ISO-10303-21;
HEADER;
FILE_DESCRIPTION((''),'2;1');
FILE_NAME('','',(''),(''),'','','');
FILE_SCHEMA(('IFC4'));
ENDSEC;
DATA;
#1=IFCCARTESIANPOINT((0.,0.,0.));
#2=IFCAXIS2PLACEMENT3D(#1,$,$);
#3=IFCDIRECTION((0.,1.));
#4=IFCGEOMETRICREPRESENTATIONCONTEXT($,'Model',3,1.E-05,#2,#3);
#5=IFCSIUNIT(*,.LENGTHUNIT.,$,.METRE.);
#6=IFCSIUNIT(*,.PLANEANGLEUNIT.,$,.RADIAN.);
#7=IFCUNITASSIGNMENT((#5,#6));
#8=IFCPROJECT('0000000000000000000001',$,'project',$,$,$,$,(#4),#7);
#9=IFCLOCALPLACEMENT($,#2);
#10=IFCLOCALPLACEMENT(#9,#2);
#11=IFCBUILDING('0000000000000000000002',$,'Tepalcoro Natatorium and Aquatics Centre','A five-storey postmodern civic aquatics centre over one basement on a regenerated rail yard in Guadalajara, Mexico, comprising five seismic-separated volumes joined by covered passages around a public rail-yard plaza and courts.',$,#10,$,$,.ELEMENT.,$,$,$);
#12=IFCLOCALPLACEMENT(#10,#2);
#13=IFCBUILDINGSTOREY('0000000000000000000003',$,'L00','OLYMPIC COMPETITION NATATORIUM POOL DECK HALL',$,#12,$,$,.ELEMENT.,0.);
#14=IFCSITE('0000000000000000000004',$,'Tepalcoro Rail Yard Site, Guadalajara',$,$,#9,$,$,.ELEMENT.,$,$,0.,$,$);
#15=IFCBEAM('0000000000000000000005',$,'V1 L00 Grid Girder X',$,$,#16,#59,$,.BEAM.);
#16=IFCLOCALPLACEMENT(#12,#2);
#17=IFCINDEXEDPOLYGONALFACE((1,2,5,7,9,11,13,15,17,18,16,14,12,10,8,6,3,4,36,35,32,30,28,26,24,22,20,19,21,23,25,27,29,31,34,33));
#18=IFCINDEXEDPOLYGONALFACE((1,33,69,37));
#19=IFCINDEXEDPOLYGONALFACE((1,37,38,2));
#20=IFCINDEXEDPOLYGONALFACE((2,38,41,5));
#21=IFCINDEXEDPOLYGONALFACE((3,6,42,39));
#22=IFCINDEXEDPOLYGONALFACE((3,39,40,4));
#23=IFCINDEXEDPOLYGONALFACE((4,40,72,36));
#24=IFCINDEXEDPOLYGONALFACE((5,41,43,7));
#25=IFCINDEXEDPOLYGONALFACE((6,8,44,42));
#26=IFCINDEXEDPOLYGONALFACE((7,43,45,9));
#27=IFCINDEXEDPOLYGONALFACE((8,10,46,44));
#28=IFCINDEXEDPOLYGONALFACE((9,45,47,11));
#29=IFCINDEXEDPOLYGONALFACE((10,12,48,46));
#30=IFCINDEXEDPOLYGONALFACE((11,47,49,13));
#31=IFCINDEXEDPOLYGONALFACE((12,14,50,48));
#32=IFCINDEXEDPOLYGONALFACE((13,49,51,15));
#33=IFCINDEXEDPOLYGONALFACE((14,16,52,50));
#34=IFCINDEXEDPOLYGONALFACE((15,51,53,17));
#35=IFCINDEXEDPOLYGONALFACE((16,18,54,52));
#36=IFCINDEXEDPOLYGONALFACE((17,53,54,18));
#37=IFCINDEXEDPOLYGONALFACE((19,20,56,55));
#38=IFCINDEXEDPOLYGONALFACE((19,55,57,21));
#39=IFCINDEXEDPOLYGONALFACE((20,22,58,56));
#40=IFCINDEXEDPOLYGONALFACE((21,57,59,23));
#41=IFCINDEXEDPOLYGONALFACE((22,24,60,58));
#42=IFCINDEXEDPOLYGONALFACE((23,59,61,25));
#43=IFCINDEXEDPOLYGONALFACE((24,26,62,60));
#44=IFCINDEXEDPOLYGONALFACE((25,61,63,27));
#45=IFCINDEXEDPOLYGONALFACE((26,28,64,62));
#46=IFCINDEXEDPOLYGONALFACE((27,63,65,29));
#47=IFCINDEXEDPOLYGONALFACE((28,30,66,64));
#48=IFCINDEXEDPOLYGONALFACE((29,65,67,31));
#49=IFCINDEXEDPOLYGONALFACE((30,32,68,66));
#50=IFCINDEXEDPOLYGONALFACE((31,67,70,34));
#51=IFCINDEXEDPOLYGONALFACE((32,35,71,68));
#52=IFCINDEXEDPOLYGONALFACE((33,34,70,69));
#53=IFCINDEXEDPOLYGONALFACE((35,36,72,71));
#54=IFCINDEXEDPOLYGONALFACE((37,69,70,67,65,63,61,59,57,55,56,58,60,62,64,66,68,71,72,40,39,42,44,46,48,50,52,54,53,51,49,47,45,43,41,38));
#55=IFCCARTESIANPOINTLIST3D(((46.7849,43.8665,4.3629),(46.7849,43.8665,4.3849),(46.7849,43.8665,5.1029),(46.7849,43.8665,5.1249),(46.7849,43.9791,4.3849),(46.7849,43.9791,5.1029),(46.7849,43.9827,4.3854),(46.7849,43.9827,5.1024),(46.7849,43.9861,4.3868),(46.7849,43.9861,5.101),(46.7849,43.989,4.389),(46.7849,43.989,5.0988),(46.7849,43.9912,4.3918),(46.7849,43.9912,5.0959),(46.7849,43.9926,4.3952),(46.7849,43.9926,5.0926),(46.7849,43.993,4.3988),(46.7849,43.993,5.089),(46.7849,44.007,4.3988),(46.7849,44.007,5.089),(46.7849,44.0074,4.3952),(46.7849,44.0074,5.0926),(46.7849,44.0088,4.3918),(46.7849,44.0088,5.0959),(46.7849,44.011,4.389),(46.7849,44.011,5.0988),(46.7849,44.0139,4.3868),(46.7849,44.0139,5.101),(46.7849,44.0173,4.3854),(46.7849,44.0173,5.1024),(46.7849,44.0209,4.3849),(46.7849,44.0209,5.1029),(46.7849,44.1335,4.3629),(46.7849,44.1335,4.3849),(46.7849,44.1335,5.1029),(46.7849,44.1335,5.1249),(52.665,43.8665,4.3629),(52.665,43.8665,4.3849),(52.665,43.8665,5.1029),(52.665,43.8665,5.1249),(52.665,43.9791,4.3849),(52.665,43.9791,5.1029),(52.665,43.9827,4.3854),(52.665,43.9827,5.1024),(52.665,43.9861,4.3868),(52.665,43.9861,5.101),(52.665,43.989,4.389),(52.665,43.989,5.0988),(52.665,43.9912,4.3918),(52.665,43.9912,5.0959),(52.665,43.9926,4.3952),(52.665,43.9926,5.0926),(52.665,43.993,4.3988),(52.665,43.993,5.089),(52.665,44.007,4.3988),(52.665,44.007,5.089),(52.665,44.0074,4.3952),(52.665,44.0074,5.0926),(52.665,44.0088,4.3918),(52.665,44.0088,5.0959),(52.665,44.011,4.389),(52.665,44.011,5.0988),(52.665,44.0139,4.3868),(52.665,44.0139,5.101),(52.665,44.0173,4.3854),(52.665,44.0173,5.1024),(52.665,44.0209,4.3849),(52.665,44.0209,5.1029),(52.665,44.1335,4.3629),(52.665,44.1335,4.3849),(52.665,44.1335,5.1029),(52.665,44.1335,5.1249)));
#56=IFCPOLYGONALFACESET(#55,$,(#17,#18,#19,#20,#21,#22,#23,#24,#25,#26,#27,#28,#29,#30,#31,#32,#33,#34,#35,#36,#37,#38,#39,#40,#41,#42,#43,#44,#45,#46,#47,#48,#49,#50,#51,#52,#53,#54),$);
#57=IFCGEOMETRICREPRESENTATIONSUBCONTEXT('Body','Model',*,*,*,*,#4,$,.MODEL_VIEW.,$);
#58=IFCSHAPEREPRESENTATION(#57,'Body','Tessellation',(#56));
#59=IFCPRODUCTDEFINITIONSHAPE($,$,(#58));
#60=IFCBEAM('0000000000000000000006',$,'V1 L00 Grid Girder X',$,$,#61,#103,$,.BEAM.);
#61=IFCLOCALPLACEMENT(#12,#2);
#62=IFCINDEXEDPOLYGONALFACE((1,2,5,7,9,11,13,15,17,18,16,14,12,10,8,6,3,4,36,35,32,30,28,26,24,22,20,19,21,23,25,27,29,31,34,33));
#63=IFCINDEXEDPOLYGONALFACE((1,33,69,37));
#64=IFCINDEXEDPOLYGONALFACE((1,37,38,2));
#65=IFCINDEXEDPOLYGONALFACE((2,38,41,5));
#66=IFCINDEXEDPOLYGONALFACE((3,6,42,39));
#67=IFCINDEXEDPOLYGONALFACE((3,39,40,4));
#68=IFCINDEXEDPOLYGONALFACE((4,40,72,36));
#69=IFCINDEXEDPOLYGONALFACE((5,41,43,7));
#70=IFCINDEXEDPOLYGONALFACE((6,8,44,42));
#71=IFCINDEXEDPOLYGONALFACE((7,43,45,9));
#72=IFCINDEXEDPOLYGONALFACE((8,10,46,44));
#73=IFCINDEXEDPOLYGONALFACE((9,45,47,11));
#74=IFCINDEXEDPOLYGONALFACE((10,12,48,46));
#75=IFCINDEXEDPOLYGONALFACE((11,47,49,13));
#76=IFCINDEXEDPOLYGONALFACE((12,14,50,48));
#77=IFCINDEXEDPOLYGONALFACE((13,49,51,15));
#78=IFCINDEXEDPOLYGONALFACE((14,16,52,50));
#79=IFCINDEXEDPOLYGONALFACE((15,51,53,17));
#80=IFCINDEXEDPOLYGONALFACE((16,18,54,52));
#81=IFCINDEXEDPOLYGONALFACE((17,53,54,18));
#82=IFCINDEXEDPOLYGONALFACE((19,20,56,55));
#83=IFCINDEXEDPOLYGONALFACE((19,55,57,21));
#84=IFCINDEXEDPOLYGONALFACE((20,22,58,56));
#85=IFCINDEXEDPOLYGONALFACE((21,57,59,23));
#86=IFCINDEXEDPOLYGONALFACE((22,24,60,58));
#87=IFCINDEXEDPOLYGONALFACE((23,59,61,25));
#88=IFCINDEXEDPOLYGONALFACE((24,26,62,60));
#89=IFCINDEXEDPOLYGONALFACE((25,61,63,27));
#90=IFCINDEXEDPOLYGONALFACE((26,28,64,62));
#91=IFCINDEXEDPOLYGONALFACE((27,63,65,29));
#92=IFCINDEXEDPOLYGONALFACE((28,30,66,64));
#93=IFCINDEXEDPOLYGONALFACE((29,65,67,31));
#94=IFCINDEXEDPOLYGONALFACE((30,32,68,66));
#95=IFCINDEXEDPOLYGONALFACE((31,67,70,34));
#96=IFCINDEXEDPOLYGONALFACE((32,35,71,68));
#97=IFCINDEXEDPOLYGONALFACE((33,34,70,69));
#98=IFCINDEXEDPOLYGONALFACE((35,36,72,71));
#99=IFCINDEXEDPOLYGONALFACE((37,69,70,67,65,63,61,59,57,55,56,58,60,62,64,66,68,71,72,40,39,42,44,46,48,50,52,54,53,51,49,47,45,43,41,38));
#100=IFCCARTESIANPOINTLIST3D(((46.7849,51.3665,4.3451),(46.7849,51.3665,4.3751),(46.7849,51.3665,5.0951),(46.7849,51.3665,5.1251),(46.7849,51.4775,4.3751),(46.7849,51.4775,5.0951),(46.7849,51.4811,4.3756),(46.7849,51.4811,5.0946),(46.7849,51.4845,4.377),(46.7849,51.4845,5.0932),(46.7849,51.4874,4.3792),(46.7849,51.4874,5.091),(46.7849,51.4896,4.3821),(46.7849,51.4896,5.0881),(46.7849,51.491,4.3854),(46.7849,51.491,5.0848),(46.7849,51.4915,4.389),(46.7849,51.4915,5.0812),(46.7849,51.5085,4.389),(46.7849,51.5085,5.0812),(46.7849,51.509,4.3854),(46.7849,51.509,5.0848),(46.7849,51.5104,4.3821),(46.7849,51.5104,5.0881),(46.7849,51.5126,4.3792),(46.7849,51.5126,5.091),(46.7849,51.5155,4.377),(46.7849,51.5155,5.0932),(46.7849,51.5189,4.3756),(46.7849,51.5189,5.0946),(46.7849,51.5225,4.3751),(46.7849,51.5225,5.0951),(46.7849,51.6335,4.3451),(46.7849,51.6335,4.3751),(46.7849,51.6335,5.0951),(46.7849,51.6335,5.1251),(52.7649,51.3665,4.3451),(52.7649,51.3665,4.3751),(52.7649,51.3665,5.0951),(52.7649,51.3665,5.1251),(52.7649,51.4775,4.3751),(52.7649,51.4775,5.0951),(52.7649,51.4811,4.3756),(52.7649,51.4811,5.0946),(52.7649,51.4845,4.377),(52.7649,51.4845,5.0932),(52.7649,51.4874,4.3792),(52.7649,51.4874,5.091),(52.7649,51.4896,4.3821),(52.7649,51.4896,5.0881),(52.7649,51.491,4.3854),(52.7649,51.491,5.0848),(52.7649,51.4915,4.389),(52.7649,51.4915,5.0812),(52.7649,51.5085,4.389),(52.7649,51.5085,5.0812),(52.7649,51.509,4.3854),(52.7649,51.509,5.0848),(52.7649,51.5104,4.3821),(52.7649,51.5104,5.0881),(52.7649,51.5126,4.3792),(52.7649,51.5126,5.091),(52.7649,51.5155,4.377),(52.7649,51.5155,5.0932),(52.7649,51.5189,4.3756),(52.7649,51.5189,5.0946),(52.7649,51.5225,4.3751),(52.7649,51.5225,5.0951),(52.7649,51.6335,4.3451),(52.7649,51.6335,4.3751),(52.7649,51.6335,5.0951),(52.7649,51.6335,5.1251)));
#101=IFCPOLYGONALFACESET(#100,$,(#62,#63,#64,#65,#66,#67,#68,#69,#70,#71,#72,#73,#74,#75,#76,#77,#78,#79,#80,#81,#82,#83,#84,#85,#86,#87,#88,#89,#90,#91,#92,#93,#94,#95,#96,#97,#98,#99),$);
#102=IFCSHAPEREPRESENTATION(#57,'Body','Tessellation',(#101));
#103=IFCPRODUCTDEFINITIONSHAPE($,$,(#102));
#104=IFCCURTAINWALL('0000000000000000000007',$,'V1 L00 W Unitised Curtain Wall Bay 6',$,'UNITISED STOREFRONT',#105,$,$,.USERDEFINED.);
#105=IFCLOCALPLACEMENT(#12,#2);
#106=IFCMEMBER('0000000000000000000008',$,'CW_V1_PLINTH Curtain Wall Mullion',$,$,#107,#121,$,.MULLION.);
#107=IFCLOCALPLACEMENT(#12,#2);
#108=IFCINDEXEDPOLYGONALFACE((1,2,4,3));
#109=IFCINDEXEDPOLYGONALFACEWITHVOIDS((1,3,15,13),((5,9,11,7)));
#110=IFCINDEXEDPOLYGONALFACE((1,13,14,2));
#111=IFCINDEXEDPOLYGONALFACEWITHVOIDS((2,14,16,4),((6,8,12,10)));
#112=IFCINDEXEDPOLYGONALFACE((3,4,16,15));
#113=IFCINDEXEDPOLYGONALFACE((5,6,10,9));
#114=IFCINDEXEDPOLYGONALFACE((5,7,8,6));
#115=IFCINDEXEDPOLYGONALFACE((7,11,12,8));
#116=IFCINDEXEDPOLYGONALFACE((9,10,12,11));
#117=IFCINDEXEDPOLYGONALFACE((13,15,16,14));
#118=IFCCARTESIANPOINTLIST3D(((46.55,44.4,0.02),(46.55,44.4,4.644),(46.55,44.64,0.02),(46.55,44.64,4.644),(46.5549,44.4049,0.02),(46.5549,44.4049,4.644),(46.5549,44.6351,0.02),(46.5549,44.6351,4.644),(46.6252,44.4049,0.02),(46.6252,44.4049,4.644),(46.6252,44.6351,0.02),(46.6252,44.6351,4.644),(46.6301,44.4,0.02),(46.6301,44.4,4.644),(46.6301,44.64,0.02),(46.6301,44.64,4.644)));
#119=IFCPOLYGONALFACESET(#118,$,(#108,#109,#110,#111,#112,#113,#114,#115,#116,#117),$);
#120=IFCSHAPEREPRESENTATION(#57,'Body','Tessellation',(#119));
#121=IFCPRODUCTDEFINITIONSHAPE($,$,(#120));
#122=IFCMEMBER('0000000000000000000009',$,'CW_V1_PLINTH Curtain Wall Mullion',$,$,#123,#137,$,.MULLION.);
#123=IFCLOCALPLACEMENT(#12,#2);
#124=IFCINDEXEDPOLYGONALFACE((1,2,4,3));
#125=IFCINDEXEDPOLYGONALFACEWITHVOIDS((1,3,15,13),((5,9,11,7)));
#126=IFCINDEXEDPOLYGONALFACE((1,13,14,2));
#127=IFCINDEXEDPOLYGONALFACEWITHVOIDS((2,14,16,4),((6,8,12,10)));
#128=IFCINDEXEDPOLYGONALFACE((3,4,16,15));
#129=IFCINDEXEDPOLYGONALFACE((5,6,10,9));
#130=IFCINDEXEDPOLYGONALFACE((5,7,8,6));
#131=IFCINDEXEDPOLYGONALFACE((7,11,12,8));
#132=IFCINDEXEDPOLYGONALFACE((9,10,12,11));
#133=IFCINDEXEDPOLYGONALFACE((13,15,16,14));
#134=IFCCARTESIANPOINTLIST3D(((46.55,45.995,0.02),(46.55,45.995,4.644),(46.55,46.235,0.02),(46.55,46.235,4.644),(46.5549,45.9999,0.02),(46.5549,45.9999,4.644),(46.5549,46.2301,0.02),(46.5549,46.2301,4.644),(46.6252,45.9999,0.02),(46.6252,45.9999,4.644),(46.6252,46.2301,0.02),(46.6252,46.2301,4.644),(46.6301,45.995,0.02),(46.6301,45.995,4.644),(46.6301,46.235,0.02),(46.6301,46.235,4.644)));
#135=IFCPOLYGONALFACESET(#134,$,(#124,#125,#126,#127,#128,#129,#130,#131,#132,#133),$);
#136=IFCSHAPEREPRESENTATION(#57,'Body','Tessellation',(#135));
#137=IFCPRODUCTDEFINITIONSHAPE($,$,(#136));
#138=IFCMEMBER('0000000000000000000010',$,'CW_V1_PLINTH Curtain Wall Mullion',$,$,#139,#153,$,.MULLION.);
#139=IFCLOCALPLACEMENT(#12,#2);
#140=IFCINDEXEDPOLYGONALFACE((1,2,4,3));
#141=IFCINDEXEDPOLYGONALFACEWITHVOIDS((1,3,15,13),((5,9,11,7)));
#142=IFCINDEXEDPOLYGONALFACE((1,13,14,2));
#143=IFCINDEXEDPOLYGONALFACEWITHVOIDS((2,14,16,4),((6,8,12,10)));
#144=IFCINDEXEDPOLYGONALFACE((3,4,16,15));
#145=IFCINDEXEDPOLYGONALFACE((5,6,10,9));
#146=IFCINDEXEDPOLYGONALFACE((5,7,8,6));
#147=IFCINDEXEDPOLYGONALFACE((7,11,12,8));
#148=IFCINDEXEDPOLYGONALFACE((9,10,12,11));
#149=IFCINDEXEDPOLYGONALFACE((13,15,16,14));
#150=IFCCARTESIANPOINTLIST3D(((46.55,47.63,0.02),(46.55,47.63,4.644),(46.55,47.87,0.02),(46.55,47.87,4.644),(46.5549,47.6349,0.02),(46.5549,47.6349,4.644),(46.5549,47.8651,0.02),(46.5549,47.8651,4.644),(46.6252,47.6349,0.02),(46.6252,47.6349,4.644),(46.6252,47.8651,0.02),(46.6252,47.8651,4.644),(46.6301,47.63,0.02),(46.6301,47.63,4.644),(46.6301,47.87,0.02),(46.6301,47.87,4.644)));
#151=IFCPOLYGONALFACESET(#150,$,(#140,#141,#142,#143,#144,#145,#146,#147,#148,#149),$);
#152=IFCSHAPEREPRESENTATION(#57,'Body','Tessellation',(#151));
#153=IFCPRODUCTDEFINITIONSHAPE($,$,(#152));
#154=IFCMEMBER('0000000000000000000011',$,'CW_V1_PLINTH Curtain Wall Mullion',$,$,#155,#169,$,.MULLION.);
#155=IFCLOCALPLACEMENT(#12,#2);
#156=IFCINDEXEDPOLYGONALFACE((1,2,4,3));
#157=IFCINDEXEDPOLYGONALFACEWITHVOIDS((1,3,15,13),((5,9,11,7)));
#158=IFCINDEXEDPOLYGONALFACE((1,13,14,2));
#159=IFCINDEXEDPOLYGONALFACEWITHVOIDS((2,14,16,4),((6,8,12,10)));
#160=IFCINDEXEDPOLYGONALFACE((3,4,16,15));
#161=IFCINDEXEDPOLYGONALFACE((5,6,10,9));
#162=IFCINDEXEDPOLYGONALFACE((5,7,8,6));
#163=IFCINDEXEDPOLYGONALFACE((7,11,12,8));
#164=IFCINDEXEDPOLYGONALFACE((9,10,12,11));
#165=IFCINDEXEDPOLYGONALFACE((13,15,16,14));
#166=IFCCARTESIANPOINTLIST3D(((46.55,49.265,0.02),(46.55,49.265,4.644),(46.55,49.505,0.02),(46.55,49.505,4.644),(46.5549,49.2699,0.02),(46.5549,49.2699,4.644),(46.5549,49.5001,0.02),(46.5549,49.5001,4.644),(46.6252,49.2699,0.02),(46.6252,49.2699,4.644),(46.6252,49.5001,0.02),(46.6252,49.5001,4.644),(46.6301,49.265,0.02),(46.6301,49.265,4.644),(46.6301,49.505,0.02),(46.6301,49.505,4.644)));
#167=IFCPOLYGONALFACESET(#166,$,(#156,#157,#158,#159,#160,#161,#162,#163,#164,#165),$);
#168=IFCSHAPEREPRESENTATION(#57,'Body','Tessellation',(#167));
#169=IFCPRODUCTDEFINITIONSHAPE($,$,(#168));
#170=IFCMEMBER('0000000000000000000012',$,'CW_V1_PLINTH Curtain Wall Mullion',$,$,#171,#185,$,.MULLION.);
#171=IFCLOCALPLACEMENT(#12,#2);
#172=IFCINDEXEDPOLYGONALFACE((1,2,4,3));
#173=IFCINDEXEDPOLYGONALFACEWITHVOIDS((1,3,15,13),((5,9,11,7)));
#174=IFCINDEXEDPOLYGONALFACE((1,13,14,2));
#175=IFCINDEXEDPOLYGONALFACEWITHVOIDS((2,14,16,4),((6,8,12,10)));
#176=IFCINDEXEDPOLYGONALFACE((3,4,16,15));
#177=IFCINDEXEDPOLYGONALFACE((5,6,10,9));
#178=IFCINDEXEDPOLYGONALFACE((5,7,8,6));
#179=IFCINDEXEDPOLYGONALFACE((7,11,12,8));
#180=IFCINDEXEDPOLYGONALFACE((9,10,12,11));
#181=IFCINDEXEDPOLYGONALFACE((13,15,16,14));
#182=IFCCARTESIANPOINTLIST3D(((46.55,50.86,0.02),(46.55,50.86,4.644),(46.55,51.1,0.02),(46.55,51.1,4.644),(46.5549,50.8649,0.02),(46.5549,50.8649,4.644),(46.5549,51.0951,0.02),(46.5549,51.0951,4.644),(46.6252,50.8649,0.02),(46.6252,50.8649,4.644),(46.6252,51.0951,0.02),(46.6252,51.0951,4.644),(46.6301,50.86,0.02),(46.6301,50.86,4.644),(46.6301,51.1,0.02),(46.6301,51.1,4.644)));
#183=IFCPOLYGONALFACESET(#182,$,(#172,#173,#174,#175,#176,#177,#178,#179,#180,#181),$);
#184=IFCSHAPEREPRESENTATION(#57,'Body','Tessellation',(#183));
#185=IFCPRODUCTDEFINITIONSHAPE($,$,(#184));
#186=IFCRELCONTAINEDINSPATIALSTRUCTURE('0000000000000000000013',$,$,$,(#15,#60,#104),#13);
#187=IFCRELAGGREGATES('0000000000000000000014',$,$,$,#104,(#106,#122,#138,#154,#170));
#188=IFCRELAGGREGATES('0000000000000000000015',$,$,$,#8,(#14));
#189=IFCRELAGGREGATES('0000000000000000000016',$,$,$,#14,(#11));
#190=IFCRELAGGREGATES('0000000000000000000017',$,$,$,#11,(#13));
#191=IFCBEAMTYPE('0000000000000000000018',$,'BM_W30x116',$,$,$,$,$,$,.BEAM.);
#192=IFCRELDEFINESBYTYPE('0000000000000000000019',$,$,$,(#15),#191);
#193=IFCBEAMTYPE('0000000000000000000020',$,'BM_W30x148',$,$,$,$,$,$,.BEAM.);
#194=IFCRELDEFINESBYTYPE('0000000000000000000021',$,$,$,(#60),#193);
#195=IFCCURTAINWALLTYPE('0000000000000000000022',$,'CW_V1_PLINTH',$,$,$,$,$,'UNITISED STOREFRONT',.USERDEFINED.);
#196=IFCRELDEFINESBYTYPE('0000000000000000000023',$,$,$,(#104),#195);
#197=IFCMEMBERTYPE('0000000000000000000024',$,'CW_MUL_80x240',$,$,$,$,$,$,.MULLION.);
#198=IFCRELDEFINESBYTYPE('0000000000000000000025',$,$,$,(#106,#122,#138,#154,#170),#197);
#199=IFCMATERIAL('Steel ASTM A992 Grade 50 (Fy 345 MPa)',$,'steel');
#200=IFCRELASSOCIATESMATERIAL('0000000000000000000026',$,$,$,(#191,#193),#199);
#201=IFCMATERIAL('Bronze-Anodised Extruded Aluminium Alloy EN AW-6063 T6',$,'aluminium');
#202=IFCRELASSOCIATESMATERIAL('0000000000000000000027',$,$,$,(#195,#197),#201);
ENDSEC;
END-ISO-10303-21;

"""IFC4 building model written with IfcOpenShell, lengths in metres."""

from ifc_helpers import new_model, si_unit, direction, frame, origin, origin_2d, place, context, subcontext, project, spatial, hollow_rectangle, i_section, extrude, material, material_profile, profile_set, type_object, element, aggregate, save


model = new_model("IFC4")

# Units and contexts
model_context = context("Model", 3, precision=1e-05, world=origin(), true_north=direction((0.0, 1.0)))
body_context = subcontext(model_context, "Body", "Model", "MODEL_VIEW")
ifc_project = project(units=[si_unit("LENGTHUNIT", "METRE"), si_unit("PLANEANGLEUNIT", "RADIAN")], contexts=[model_context])

# Site, building, storey
site_placement = place(None, origin())
site = spatial("IfcSite", under=ifc_project, at=site_placement, Name="Tepalcoro Rail Yard Site, Guadalajara", CompositionType="ELEMENT", RefElevation=0.0)
building_placement = place(site_placement, origin())
building = spatial("IfcBuilding", under=site, at=building_placement, Name="Tepalcoro Natatorium and Aquatics Centre", Description="A five-storey postmodern civic aquatics centre over one basement on a regenerated rail yard in Guadalajara, Mexico, comprising five seismic-separated volumes joined by covered passages around a public rail-yard plaza and courts.", CompositionType="ELEMENT")
storey_placement = place(building_placement, origin())
storey = spatial("IfcBuildingStorey", under=building, at=storey_placement, Name="L00", Description="OLYMPIC COMPETITION NATATORIUM POOL DECK HALL", CompositionType="ELEMENT", Elevation=0.0)

# Beams
ifc_material_1 = material(Name="Steel ASTM A992 Grade 50 (Fy 345 MPa)", Category="steel")
ifc_material_profile_1 = material_profile(ifc_material_1, i_section(OverallWidth=0.2671, OverallDepth=0.762, WebThickness=0.0139, FlangeThickness=0.022, FilletRadius=0.0139, at=origin_2d()), Name="W30X116")
ifc_profile_set_1 = profile_set([ifc_material_profile_1], Name="Steel ASTM A992 Grade 50 (Fy 345 MPa)")
beam_type_1 = type_object("IfcBeamType", Name="BM_W30x116", PredefinedType="BEAM", material=ifc_profile_set_1)
beam_1_placement = place(storey_placement, frame((46.7849, 44.0, 4.7439), z_axis=(1.0, 0.0, 0.0), x_axis=(0.0, 1.0, 0.0)))
element("IfcBeam", 1, at=beam_1_placement, inside=storey, type_object=beam_type_1, Name="V1 L00 Grid Girder X", PredefinedType="BEAM", context=body_context, shape_type="SweptSolid", body=[
    extrude(i_section(OverallWidth=0.2671, OverallDepth=0.762, WebThickness=0.0139, FlangeThickness=0.022, FilletRadius=0.0139, at=origin_2d()), origin(), (0.0, 0.0, 1.0), 5.8801),
])
ifc_material_profile_2 = material_profile(ifc_material_1, i_section(OverallWidth=0.2671, OverallDepth=0.78, WebThickness=0.0171, FlangeThickness=0.03, FilletRadius=0.0139, at=origin_2d()), Name="W30X148")
ifc_profile_set_2 = profile_set([ifc_material_profile_2], Name="Steel ASTM A992 Grade 50 (Fy 345 MPa)")
beam_type_2 = type_object("IfcBeamType", Name="BM_W30x148", PredefinedType="BEAM", material=ifc_profile_set_2)
beam_2_placement = place(storey_placement, frame((46.7849, 51.5, 4.7351), z_axis=(1.0, 0.0, 0.0), x_axis=(0.0, 1.0, 0.0)))
element("IfcBeam", 2, at=beam_2_placement, inside=storey, type_object=beam_type_2, Name="V1 L00 Grid Girder X", PredefinedType="BEAM", context=body_context, shape_type="SweptSolid", body=[
    extrude(i_section(OverallWidth=0.2671, OverallDepth=0.78, WebThickness=0.0171, FlangeThickness=0.03, FilletRadius=0.0139, at=origin_2d()), origin(), (0.0, 0.0, 1.0), 5.98),
])

# Curtain wall, members
ifc_material_2 = material(Name="Bronze-Anodised Extruded Aluminium Alloy EN AW-6063 T6", Category="aluminium")
curtain_wall_type = type_object("IfcCurtainWallType", Name="CW_V1_PLINTH", ElementType="UNITISED STOREFRONT", PredefinedType="USERDEFINED", material=ifc_material_2)
curtain_wall_placement = place(storey_placement, origin())
curtain_wall = element("IfcCurtainWall", 3, at=curtain_wall_placement, inside=storey, type_object=curtain_wall_type, Name="V1 L00 W Unitised Curtain Wall Bay 6", ObjectType="UNITISED STOREFRONT", PredefinedType="USERDEFINED")
ifc_material_profile_3 = material_profile(ifc_material_2, hollow_rectangle(XDim=0.0801, YDim=0.24, WallThickness=0.0049, at=origin_2d()), Name="AL80X240X5")
ifc_profile_set_3 = profile_set([ifc_material_profile_3], Name="Bronze-Anodised Extruded Aluminium Alloy EN AW-6063 T6")
member_type_1 = type_object("IfcMemberType", Name="CW_MUL_80x240", PredefinedType="MULLION", material=ifc_profile_set_3)
member_1_placement = place(storey_placement, frame((46.5901, 44.52, 0.02), z_axis=(0.0, 0.0, 1.0), x_axis=(1.0, 0.0, 0.0)))
member_1 = element("IfcMember", 4, at=member_1_placement, type_object=member_type_1, Name="CW_V1_PLINTH Curtain Wall Mullion", PredefinedType="MULLION", context=body_context, shape_type="SweptSolid", body=[
    extrude(hollow_rectangle(XDim=0.0801, YDim=0.24, WallThickness=0.0049, at=origin_2d()), origin(), (0.0, 0.0, 1.0), 4.624),
])
member_2_placement = place(storey_placement, frame((46.5901, 46.115, 0.02), z_axis=(0.0, 0.0, 1.0), x_axis=(1.0, 0.0, 0.0)))
member_2 = element("IfcMember", 5, at=member_2_placement, type_object=member_type_1, Name="CW_V1_PLINTH Curtain Wall Mullion", PredefinedType="MULLION", context=body_context, shape_type="SweptSolid", body=[
    extrude(hollow_rectangle(XDim=0.0801, YDim=0.24, WallThickness=0.0049, at=origin_2d()), origin(), (0.0, 0.0, 1.0), 4.624),
])
member_3_placement = place(storey_placement, frame((46.5901, 47.75, 0.02), z_axis=(0.0, 0.0, 1.0), x_axis=(1.0, 0.0, 0.0)))
member_3 = element("IfcMember", 6, at=member_3_placement, type_object=member_type_1, Name="CW_V1_PLINTH Curtain Wall Mullion", PredefinedType="MULLION", context=body_context, shape_type="SweptSolid", body=[
    extrude(hollow_rectangle(XDim=0.0801, YDim=0.24, WallThickness=0.0049, at=origin_2d()), origin(), (0.0, 0.0, 1.0), 4.624),
])
member_4_placement = place(storey_placement, frame((46.5901, 49.385, 0.02), z_axis=(0.0, 0.0, 1.0), x_axis=(1.0, 0.0, 0.0)))
member_4 = element("IfcMember", 7, at=member_4_placement, type_object=member_type_1, Name="CW_V1_PLINTH Curtain Wall Mullion", PredefinedType="MULLION", context=body_context, shape_type="SweptSolid", body=[
    extrude(hollow_rectangle(XDim=0.0801, YDim=0.24, WallThickness=0.0049, at=origin_2d()), origin(), (0.0, 0.0, 1.0), 4.624),
])
member_5_placement = place(storey_placement, frame((46.5901, 50.98, 0.02), z_axis=(0.0, 0.0, 1.0), x_axis=(1.0, 0.0, 0.0)))
member_5 = element("IfcMember", 8, at=member_5_placement, type_object=member_type_1, Name="CW_V1_PLINTH Curtain Wall Mullion", PredefinedType="MULLION", context=body_context, shape_type="SweptSolid", body=[
    extrude(hollow_rectangle(XDim=0.0801, YDim=0.24, WallThickness=0.0049, at=origin_2d()), origin(), (0.0, 0.0, 1.0), 4.624),
])

aggregate(curtain_wall, [member_1, member_2, member_3, member_4, member_5])

save(model, "model.ifc")
